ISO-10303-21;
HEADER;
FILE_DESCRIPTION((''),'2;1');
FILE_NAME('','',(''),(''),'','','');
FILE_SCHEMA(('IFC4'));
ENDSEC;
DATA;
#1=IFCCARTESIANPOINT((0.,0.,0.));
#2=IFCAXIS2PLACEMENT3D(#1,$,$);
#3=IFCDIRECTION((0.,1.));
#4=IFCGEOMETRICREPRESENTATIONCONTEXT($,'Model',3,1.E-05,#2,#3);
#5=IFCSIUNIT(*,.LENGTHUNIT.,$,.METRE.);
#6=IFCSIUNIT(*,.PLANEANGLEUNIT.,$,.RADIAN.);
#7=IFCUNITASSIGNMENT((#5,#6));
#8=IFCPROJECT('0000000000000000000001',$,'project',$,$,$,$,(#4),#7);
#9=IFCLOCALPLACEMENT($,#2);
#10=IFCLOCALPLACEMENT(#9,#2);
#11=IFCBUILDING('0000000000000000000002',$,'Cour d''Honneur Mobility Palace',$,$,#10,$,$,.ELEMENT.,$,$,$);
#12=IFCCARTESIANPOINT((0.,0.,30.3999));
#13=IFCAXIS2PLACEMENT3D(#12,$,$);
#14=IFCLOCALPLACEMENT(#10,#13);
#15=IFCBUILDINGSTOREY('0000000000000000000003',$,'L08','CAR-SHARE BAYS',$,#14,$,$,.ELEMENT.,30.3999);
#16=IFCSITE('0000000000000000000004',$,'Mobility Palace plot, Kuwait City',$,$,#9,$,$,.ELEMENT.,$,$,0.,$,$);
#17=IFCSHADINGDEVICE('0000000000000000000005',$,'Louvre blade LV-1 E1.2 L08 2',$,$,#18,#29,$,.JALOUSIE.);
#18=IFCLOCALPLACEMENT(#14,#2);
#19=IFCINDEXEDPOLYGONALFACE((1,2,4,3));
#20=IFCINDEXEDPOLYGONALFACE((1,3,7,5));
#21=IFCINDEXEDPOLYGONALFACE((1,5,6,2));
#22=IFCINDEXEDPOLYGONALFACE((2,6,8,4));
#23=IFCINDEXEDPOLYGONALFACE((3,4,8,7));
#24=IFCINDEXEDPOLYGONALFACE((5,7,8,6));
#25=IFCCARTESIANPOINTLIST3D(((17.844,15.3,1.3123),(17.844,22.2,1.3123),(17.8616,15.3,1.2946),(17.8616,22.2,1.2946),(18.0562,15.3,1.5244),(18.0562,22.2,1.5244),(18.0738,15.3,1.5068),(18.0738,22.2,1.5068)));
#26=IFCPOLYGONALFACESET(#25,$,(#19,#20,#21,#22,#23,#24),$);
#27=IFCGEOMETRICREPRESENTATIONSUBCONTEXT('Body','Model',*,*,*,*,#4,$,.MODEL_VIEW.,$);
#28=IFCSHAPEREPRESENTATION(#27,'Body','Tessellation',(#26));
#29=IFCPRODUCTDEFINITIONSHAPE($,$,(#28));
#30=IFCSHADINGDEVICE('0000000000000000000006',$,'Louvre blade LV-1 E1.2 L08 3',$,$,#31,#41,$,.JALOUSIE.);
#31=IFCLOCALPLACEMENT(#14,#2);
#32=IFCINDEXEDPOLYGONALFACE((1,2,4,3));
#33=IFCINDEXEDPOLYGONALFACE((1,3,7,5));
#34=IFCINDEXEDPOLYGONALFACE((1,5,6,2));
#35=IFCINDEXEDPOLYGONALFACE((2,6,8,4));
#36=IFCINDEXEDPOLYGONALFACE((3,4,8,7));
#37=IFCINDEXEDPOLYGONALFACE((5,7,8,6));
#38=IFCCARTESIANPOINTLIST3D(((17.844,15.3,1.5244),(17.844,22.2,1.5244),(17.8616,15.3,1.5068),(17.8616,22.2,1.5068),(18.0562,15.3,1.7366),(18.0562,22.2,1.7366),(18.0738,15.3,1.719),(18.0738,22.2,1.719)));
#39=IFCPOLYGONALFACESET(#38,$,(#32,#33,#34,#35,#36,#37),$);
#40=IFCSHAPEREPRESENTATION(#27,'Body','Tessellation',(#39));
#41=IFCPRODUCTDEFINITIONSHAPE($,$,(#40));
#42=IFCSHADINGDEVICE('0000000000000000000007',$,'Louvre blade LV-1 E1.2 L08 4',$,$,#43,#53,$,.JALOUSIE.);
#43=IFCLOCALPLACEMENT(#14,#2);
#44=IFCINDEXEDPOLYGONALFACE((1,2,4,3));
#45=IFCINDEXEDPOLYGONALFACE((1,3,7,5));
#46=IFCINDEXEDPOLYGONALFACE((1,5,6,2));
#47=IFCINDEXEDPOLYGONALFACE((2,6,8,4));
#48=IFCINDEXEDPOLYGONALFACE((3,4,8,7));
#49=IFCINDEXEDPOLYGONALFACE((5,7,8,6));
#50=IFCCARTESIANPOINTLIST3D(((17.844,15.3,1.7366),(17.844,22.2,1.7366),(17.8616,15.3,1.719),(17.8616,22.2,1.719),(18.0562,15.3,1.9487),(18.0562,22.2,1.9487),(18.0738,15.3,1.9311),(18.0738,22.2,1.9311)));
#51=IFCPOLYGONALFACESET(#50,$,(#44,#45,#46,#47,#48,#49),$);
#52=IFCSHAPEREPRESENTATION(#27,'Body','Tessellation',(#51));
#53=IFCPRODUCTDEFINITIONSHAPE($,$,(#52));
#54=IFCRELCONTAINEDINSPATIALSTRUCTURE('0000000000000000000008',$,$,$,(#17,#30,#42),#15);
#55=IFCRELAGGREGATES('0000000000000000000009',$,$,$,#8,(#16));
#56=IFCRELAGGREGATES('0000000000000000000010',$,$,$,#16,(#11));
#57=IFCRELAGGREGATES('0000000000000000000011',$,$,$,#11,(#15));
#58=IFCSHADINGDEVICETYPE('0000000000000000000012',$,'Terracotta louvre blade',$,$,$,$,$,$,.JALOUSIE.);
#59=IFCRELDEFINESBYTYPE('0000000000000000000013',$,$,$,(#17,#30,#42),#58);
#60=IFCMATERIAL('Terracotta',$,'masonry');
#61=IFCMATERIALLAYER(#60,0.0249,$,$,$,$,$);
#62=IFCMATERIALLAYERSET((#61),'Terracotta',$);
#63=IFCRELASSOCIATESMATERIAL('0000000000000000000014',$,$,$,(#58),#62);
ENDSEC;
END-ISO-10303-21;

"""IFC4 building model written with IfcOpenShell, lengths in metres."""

from ifc_helpers import new_model, si_unit, direction, frame, origin, place, context, subcontext, project, spatial, polyline, outline, extrude, material, layer, layer_set, type_object, element, save


model = new_model("IFC4")

# Units and contexts
model_context = context("Model", 3, precision=1e-05, world=origin(), true_north=direction((0.0, 1.0)))
body_context = subcontext(model_context, "Body", "Model", "MODEL_VIEW")
ifc_project = project(units=[si_unit("LENGTHUNIT", "METRE"), si_unit("PLANEANGLEUNIT", "RADIAN")], contexts=[model_context])

# Site, building, storey
site_placement = place(None, origin())
site = spatial("IfcSite", under=ifc_project, at=site_placement, Name="Mobility Palace plot, Kuwait City", CompositionType="ELEMENT", RefElevation=0.0)
building_placement = place(site_placement, origin())
building = spatial("IfcBuilding", under=site, at=building_placement, Name="Cour d'Honneur Mobility Palace", CompositionType="ELEMENT")
storey_placement = place(building_placement, frame((0.0, 0.0, 30.3999)))
storey = spatial("IfcBuildingStorey", under=building, at=storey_placement, Name="L08", Description="CAR-SHARE BAYS", CompositionType="ELEMENT", Elevation=30.3999)

# Shading devices
ifc_material_1 = material(Name="Terracotta", Category="masonry")
ifc_layer_1 = layer(ifc_material_1, 0.0249)
ifc_layer_set_1 = layer_set([ifc_layer_1], Name="Terracotta")
shading_device_type = type_object("IfcShadingDeviceType", Name="Terracotta louvre blade", PredefinedType="JALOUSIE", material=ifc_layer_set_1)
for number, where, z_axis, x_axis, name in (
    (1, (17.844, 15.3, 1.3123), (-0.707107, 0.0, 0.707107), (0.0, 1.0, 0.0), "Louvre blade LV-1 E1.2 L08 2"),
    (2, (17.844, 15.3, 1.5244), (-0.707107, 0.0, 0.707107), (0.0, 1.0, 0.0), "Louvre blade LV-1 E1.2 L08 3"),
    (3, (17.844, 15.3, 1.7366), (-0.707107, 0.0, 0.707107), (0.0, 1.0, 0.0), "Louvre blade LV-1 E1.2 L08 4"),
):
    element("IfcShadingDevice", number, at=place(storey_placement, frame(where, z_axis=z_axis, x_axis=x_axis)), inside=storey, type_object=shading_device_type, Name=name, PredefinedType="JALOUSIE", context=body_context, shape_type="SweptSolid", body=[
        extrude(outline(polyline([(0.0, 0.0), (6.8999, 0.0), (6.8999, -0.3), (0.0, -0.3), (0.0, 0.0)])), origin(), (0.0, 0.0, -1.0), 0.0249),
    ])

save(model, "model.ifc")
